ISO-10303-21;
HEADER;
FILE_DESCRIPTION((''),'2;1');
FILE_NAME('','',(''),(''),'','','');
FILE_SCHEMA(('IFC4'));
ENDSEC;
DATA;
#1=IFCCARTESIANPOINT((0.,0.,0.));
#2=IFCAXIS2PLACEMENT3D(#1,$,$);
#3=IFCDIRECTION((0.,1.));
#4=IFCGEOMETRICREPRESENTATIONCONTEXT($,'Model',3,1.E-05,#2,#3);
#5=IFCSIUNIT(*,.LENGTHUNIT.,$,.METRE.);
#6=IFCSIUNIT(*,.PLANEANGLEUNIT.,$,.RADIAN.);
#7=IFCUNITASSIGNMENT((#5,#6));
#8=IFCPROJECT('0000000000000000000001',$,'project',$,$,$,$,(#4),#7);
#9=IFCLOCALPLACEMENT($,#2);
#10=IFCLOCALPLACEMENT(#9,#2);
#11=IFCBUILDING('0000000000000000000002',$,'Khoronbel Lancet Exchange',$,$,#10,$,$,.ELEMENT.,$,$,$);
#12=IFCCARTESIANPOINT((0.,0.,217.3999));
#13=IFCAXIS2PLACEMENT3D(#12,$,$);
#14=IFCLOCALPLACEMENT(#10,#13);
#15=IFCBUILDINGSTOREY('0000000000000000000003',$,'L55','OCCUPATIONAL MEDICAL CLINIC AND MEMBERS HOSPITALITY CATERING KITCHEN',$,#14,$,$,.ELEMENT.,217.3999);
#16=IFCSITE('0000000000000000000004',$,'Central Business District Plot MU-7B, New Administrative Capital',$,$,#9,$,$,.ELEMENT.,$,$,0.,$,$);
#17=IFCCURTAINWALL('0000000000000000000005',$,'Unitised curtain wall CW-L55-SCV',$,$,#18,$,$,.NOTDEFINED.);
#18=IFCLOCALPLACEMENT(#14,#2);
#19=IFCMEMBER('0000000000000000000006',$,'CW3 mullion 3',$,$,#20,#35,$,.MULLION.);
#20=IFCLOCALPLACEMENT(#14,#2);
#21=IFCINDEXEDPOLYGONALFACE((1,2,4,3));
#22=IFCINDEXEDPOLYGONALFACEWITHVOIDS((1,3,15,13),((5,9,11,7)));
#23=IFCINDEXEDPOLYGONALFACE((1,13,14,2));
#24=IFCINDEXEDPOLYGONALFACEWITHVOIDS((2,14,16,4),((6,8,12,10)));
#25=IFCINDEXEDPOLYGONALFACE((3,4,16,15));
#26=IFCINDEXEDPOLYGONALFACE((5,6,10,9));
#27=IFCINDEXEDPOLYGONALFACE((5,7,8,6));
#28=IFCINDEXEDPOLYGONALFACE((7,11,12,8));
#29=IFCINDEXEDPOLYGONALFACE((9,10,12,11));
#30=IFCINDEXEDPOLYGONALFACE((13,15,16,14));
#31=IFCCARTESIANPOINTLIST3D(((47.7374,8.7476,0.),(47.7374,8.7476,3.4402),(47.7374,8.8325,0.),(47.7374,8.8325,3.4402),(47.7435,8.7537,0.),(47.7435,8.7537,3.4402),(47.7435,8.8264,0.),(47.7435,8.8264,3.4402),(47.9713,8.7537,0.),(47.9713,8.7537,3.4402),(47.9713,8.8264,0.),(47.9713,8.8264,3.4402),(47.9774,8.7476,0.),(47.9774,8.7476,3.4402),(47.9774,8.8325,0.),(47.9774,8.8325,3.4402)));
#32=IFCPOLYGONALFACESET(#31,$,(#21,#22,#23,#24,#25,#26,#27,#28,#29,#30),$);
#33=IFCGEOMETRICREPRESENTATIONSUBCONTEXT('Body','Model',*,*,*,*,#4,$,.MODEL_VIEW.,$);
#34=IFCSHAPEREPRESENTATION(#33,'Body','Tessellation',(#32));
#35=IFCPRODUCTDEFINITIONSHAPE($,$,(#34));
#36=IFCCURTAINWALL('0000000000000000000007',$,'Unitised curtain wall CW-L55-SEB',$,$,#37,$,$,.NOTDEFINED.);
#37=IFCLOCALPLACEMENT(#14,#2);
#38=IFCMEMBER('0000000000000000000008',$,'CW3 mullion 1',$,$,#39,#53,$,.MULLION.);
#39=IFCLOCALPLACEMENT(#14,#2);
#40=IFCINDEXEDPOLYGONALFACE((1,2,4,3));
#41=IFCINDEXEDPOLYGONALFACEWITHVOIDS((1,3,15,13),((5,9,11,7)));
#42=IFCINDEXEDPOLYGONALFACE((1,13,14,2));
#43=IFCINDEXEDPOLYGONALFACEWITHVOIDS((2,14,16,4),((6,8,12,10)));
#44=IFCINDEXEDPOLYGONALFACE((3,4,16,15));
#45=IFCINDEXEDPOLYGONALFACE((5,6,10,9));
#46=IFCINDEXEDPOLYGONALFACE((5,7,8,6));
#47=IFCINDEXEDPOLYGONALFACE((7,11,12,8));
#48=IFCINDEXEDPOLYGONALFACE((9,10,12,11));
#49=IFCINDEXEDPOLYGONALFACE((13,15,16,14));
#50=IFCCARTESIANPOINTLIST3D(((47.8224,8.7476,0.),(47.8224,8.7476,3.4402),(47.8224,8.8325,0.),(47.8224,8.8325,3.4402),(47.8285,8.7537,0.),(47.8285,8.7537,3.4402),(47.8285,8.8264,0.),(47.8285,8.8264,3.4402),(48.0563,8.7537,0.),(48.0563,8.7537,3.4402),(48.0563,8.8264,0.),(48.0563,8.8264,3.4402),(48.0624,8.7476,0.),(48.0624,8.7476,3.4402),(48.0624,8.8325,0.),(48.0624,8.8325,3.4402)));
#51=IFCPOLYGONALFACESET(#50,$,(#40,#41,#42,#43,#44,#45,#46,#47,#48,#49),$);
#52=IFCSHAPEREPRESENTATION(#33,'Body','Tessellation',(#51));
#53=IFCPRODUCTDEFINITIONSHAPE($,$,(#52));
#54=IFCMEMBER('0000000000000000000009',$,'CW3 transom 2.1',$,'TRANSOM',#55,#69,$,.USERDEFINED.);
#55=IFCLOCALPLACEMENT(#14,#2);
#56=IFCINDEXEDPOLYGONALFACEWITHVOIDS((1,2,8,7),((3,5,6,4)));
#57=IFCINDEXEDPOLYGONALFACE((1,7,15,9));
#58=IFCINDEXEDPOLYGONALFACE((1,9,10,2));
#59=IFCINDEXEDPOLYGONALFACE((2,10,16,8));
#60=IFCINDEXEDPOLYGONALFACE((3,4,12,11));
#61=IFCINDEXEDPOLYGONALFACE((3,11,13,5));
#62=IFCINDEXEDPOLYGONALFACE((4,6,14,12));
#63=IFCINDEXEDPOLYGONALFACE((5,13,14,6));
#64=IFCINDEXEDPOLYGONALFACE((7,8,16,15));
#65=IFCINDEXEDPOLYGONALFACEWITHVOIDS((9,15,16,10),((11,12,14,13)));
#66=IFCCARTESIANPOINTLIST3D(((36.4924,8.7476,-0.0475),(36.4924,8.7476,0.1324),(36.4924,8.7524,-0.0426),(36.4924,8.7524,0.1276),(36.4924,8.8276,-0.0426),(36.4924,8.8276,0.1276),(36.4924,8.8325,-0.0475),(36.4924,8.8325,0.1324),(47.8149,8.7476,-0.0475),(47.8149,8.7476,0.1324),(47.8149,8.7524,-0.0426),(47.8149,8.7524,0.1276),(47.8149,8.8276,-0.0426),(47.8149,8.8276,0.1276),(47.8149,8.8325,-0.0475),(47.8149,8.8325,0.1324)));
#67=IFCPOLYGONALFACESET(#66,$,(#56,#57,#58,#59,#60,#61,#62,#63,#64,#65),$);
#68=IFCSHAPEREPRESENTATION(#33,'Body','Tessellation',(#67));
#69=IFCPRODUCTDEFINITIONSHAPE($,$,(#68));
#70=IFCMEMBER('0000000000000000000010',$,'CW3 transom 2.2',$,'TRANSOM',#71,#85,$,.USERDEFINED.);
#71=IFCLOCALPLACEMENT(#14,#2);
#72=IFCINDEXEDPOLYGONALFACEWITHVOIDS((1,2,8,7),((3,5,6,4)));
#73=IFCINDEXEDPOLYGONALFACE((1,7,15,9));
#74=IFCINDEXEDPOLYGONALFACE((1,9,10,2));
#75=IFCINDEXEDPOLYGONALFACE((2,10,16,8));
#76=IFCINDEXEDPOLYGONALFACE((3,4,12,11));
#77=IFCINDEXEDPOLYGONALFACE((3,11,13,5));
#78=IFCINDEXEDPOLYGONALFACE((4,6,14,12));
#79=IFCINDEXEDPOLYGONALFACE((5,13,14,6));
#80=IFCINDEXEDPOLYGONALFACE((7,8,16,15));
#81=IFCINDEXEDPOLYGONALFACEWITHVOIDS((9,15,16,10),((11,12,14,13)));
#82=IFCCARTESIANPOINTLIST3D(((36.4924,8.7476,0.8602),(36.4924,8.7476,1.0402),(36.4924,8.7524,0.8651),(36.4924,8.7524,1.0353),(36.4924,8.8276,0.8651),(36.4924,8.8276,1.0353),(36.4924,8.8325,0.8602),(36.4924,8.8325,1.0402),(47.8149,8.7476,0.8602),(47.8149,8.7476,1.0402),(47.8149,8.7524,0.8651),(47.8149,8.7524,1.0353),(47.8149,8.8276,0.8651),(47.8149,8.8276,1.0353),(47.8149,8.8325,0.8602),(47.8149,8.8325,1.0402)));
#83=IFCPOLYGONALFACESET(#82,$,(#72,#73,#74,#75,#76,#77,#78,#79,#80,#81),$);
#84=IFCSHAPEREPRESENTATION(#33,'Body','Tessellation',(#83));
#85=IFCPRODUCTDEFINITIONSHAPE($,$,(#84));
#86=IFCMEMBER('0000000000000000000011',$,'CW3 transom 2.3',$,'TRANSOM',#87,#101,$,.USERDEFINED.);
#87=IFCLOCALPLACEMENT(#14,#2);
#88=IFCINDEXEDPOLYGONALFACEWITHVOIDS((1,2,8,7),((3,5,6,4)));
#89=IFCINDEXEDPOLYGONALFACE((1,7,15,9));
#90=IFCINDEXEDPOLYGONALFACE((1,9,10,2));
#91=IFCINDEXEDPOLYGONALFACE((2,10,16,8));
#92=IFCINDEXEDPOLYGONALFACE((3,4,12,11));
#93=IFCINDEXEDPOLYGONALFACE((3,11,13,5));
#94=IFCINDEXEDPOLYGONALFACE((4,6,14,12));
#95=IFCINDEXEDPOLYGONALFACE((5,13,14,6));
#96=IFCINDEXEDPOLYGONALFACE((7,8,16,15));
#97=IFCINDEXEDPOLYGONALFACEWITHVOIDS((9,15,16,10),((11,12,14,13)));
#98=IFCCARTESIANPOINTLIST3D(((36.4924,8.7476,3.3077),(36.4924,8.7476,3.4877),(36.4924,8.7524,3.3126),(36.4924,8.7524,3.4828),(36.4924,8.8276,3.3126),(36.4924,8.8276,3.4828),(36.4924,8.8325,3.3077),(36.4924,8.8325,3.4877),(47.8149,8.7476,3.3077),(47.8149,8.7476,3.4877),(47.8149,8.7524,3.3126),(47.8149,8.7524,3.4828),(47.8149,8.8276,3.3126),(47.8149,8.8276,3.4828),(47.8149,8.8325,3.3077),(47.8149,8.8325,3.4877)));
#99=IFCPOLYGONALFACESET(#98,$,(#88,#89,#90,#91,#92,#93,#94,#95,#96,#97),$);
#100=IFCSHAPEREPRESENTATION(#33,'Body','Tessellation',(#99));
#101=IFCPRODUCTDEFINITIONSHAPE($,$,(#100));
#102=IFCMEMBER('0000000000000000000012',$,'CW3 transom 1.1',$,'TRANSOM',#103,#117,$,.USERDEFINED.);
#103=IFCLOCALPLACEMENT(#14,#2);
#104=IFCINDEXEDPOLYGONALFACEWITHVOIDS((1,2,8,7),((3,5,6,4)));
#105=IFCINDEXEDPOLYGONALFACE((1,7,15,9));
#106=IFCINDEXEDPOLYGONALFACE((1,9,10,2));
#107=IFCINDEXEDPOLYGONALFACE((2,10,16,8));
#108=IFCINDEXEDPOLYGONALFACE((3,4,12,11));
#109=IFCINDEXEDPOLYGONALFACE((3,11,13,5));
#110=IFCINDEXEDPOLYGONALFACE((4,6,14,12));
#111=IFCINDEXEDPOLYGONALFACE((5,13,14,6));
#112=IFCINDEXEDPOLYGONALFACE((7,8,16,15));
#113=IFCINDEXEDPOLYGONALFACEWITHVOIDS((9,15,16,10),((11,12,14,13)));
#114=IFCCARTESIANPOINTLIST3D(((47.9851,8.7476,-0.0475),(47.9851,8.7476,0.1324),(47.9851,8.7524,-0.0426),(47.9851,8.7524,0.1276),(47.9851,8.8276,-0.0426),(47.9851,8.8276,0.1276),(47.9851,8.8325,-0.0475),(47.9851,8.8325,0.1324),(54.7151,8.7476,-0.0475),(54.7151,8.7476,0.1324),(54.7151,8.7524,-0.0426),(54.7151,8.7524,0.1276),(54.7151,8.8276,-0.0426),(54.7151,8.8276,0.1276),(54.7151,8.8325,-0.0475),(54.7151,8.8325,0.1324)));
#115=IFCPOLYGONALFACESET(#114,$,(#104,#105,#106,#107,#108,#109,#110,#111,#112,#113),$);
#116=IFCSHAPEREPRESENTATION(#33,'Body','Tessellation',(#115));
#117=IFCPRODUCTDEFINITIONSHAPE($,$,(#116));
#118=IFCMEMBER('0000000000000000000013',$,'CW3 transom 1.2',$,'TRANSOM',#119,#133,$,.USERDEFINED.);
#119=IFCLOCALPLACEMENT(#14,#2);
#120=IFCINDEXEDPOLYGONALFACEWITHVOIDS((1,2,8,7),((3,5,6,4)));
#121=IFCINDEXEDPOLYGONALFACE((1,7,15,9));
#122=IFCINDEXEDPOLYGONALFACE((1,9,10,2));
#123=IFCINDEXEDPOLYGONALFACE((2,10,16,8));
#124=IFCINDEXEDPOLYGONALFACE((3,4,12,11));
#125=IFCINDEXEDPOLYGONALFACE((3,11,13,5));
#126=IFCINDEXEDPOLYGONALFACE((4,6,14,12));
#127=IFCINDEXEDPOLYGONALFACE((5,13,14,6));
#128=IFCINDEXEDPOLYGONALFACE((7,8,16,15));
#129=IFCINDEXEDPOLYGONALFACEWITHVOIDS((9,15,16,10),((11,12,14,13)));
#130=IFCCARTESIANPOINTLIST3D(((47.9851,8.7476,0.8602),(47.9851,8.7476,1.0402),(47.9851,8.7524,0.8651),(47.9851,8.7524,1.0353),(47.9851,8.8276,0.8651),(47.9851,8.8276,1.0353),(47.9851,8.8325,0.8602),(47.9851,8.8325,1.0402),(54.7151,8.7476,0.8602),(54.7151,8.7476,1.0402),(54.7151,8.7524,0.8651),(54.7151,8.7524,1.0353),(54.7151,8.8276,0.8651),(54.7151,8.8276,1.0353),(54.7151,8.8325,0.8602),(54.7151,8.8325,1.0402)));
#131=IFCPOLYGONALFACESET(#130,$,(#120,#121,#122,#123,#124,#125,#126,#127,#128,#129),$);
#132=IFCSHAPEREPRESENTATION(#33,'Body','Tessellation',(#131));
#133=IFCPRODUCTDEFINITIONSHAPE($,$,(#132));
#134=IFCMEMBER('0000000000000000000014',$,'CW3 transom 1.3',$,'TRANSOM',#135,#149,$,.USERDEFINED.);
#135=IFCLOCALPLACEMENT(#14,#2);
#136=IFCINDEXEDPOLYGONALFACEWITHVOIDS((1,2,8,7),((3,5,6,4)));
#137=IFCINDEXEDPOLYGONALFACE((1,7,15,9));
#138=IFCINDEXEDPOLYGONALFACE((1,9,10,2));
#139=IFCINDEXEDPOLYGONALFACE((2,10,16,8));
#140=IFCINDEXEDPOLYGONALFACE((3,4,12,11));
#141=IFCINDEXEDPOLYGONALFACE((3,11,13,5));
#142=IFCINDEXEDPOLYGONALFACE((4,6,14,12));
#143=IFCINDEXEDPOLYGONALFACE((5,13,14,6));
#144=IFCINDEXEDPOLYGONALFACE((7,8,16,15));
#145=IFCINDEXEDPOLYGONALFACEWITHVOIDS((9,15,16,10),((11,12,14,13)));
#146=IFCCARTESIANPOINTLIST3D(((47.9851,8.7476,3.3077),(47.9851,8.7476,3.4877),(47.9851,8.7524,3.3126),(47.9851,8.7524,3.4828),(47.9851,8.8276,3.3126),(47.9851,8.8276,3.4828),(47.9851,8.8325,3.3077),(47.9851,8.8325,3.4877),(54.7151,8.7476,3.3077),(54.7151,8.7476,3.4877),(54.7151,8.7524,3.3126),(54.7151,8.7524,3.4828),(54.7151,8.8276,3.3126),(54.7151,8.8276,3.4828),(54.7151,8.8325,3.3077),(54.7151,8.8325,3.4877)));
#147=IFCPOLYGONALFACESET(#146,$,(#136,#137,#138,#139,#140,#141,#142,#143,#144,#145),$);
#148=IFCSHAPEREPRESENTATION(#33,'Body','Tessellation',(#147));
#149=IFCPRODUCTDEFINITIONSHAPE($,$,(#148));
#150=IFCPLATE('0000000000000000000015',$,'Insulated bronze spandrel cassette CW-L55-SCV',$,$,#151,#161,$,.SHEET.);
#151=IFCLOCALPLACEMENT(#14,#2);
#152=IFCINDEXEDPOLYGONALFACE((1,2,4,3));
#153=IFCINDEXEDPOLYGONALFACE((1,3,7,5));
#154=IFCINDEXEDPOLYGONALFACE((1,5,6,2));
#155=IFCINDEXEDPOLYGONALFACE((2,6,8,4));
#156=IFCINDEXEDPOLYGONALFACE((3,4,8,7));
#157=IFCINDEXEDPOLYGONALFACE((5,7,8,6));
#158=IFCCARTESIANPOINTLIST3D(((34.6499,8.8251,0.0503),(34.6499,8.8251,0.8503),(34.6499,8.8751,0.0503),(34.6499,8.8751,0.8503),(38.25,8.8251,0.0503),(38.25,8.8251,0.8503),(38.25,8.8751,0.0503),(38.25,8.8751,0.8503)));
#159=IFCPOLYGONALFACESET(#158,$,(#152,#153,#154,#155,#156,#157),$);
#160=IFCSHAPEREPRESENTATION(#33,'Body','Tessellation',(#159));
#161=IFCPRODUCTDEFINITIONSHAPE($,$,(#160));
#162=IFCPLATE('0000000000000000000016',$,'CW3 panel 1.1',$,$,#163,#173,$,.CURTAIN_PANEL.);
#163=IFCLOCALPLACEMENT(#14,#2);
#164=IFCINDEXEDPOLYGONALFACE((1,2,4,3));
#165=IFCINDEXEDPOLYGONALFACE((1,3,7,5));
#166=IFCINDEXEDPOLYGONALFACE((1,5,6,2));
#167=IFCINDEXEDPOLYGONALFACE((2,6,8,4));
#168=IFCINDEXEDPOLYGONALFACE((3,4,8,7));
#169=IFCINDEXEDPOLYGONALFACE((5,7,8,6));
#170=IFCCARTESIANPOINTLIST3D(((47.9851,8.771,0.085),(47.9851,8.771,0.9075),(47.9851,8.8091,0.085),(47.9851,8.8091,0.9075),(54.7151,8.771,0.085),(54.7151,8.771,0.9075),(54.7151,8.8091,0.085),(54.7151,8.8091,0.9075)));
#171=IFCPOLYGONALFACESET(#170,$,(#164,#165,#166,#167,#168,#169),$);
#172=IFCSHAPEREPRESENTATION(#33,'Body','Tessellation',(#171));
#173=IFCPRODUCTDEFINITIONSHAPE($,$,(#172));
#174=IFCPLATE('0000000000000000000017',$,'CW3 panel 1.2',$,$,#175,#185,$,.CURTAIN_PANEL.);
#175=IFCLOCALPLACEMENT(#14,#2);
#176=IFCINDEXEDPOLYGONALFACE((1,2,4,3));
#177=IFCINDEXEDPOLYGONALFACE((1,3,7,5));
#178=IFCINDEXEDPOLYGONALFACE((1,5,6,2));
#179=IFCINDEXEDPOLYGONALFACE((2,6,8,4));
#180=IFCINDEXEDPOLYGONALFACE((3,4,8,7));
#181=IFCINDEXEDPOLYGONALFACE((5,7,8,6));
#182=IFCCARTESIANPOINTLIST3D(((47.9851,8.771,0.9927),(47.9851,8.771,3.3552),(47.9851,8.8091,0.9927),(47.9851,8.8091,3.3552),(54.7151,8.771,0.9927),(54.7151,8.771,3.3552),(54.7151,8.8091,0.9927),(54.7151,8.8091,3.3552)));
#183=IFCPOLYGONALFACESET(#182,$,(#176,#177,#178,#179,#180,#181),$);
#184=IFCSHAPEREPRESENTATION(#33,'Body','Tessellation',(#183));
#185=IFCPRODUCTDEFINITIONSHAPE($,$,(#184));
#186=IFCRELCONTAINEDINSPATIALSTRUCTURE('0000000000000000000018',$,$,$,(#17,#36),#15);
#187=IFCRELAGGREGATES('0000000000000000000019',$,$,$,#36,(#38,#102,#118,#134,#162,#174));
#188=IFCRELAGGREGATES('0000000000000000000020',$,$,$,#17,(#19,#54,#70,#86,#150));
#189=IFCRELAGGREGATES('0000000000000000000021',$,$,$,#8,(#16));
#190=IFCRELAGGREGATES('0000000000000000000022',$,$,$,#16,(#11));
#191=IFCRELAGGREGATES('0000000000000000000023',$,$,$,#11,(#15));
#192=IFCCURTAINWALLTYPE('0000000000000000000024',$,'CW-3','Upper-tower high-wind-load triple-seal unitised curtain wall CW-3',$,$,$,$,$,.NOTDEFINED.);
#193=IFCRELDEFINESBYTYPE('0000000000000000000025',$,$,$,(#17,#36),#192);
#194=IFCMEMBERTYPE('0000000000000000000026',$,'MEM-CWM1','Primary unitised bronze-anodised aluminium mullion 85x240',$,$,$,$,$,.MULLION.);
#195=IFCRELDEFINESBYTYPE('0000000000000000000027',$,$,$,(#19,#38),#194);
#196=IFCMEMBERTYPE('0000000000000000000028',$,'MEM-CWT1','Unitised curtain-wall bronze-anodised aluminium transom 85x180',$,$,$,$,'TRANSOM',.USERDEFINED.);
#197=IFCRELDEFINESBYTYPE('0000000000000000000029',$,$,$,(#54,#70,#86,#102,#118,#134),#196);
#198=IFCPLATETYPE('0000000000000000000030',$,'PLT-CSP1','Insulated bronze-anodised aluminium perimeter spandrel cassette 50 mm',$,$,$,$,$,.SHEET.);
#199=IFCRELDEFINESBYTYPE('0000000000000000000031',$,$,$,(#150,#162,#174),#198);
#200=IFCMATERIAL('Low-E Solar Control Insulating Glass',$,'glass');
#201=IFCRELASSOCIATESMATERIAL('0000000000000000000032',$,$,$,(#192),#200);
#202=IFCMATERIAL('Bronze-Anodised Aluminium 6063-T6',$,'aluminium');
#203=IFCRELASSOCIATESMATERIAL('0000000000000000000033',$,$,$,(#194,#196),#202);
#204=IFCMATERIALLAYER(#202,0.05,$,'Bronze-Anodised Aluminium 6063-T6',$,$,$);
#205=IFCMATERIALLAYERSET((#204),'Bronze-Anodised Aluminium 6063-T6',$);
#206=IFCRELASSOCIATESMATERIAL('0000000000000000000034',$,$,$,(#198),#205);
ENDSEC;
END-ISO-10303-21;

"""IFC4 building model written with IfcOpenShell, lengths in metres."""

from ifc_helpers import new_model, si_unit, direction, frame, origin, origin_2d, place, context, subcontext, project, spatial, rectangle, hollow_rectangle, extrude, material, layer, layer_set, material_profile, profile_set, type_object, element, aggregate, save


model = new_model("IFC4")

# Units and contexts
model_context = context("Model", 3, precision=1e-05, world=origin(), true_north=direction((0.0, 1.0)))
body_context = subcontext(model_context, "Body", "Model", "MODEL_VIEW")
ifc_project = project(units=[si_unit("LENGTHUNIT", "METRE"), si_unit("PLANEANGLEUNIT", "RADIAN")], contexts=[model_context])

# Site, building, storey
site_placement = place(None, origin())
site = spatial("IfcSite", under=ifc_project, at=site_placement, Name="Central Business District Plot MU-7B, New Administrative Capital", CompositionType="ELEMENT", RefElevation=0.0)
building_placement = place(site_placement, origin())
building = spatial("IfcBuilding", under=site, at=building_placement, Name="Khoronbel Lancet Exchange", CompositionType="ELEMENT")
storey_placement = place(building_placement, frame((0.0, 0.0, 217.3999)))
storey = spatial("IfcBuildingStorey", under=building, at=storey_placement, Name="L55", Description="OCCUPATIONAL MEDICAL CLINIC AND MEMBERS HOSPITALITY CATERING KITCHEN", CompositionType="ELEMENT", Elevation=217.3999)

# Curtain wall, member
ifc_material_1 = material(Name="Low-E Solar Control Insulating Glass", Category="glass")
curtain_wall_type = type_object("IfcCurtainWallType", Name="CW-3", Description="Upper-tower high-wind-load triple-seal unitised curtain wall CW-3", PredefinedType="NOTDEFINED", material=ifc_material_1)
curtain_wall_1_placement = place(storey_placement, origin())
curtain_wall_1 = element("IfcCurtainWall", 1, at=curtain_wall_1_placement, inside=storey, type_object=curtain_wall_type, Name="Unitised curtain wall CW-L55-SCV", PredefinedType="NOTDEFINED")
ifc_material_2 = material(Name="Bronze-Anodised Aluminium 6063-T6", Category="aluminium")
ifc_material_profile_1 = material_profile(ifc_material_2, hollow_rectangle(XDim=0.085, YDim=0.24, WallThickness=0.0061, at=origin_2d()), Name="ALU MULLION 85x240")
ifc_profile_set_1 = profile_set([ifc_material_profile_1], Name="Bronze-Anodised Aluminium 6063-T6")
member_type_1 = type_object("IfcMemberType", Name="MEM-CWM1", Description="Primary unitised bronze-anodised aluminium mullion 85x240", PredefinedType="MULLION", material=ifc_profile_set_1)
member_1_placement = place(storey_placement, frame((47.8574, 8.79, 0.0), z_axis=(0.0, 0.0, 1.0), x_axis=(0.0, 1.0, 0.0)))
member_1 = element("IfcMember", 2, at=member_1_placement, type_object=member_type_1, Name="CW3 mullion 3", PredefinedType="MULLION", context=body_context, shape_type="SweptSolid", body=[
    extrude(hollow_rectangle(XDim=0.085, YDim=0.24, WallThickness=0.0061, at=origin_2d()), origin(), (0.0, 0.0, 1.0), 3.4402),
])

# Curtain wall, member
curtain_wall_2_placement = place(storey_placement, origin())
curtain_wall_2 = element("IfcCurtainWall", 3, at=curtain_wall_2_placement, inside=storey, type_object=curtain_wall_type, Name="Unitised curtain wall CW-L55-SEB", PredefinedType="NOTDEFINED")
member_2_placement = place(storey_placement, frame((47.9424, 8.79, 0.0), z_axis=(0.0, 0.0, 1.0), x_axis=(0.0, 1.0, 0.0)))
member_2 = element("IfcMember", 4, at=member_2_placement, type_object=member_type_1, Name="CW3 mullion 1", PredefinedType="MULLION", context=body_context, shape_type="SweptSolid", body=[
    extrude(hollow_rectangle(XDim=0.085, YDim=0.24, WallThickness=0.0061, at=origin_2d()), origin(), (0.0, 0.0, 1.0), 3.4402),
])

# Members
ifc_material_profile_2 = material_profile(ifc_material_2, hollow_rectangle(XDim=0.085, YDim=0.1799, WallThickness=0.0049, at=origin_2d()), Name="ALU TRANSOM 85x180")
ifc_profile_set_2 = profile_set([ifc_material_profile_2], Name="Bronze-Anodised Aluminium 6063-T6")
member_type_2 = type_object("IfcMemberType", Name="MEM-CWT1", Description="Unitised curtain-wall bronze-anodised aluminium transom 85x180", ElementType="TRANSOM", PredefinedType="USERDEFINED", material=ifc_profile_set_2)
member_3_placement = place(storey_placement, frame((36.4924, 8.79, 0.0425), z_axis=(1.0, 0.0, 0.0), x_axis=(0.0, 1.0, 0.0)))
member_3 = element("IfcMember", 5, at=member_3_placement, type_object=member_type_2, Name="CW3 transom 2.1", ObjectType="TRANSOM", PredefinedType="USERDEFINED", context=body_context, shape_type="SweptSolid", body=[
    extrude(hollow_rectangle(XDim=0.085, YDim=0.1799, WallThickness=0.0049, at=origin_2d()), origin(), (0.0, 0.0, 1.0), 11.3225),
])
member_4_placement = place(storey_placement, frame((36.4924, 8.79, 0.9502), z_axis=(1.0, 0.0, 0.0), x_axis=(0.0, 1.0, 0.0)))
member_4 = element("IfcMember", 6, at=member_4_placement, type_object=member_type_2, Name="CW3 transom 2.2", ObjectType="TRANSOM", PredefinedType="USERDEFINED", context=body_context, shape_type="SweptSolid", body=[
    extrude(hollow_rectangle(XDim=0.085, YDim=0.1799, WallThickness=0.0049, at=origin_2d()), origin(), (0.0, 0.0, 1.0), 11.3225),
])
member_5_placement = place(storey_placement, frame((36.4924, 8.79, 3.3977), z_axis=(1.0, 0.0, 0.0), x_axis=(0.0, 1.0, 0.0)))
member_5 = element("IfcMember", 7, at=member_5_placement, type_object=member_type_2, Name="CW3 transom 2.3", ObjectType="TRANSOM", PredefinedType="USERDEFINED", context=body_context, shape_type="SweptSolid", body=[
    extrude(hollow_rectangle(XDim=0.085, YDim=0.1799, WallThickness=0.0049, at=origin_2d()), origin(), (0.0, 0.0, 1.0), 11.3225),
])
member_6_placement = place(storey_placement, frame((47.9851, 8.79, 0.0425), z_axis=(1.0, 0.0, 0.0), x_axis=(0.0, 1.0, 0.0)))
member_6 = element("IfcMember", 8, at=member_6_placement, type_object=member_type_2, Name="CW3 transom 1.1", ObjectType="TRANSOM", PredefinedType="USERDEFINED", context=body_context, shape_type="SweptSolid", body=[
    extrude(hollow_rectangle(XDim=0.085, YDim=0.1799, WallThickness=0.0049, at=origin_2d()), origin(), (0.0, 0.0, 1.0), 6.73),
])
member_7_placement = place(storey_placement, frame((47.9851, 8.79, 0.9502), z_axis=(1.0, 0.0, 0.0), x_axis=(0.0, 1.0, 0.0)))
member_7 = element("IfcMember", 9, at=member_7_placement, type_object=member_type_2, Name="CW3 transom 1.2", ObjectType="TRANSOM", PredefinedType="USERDEFINED", context=body_context, shape_type="SweptSolid", body=[
    extrude(hollow_rectangle(XDim=0.085, YDim=0.1799, WallThickness=0.0049, at=origin_2d()), origin(), (0.0, 0.0, 1.0), 6.73),
])
member_8_placement = place(storey_placement, frame((47.9851, 8.79, 3.3977), z_axis=(1.0, 0.0, 0.0), x_axis=(0.0, 1.0, 0.0)))
member_8 = element("IfcMember", 10, at=member_8_placement, type_object=member_type_2, Name="CW3 transom 1.3", ObjectType="TRANSOM", PredefinedType="USERDEFINED", context=body_context, shape_type="SweptSolid", body=[
    extrude(hollow_rectangle(XDim=0.085, YDim=0.1799, WallThickness=0.0049, at=origin_2d()), origin(), (0.0, 0.0, 1.0), 6.73),
])

# Plates
ifc_layer_1 = layer(ifc_material_2, 0.05, Name="Bronze-Anodised Aluminium 6063-T6")
ifc_layer_set_1 = layer_set([ifc_layer_1], Name="Bronze-Anodised Aluminium 6063-T6")
plate_type_1 = type_object("IfcPlateType", Name="PLT-CSP1", Description="Insulated bronze-anodised aluminium perimeter spandrel cassette 50 mm", PredefinedType="SHEET", material=ifc_layer_set_1)
plate_1_placement = place(storey_placement, frame((36.45, 8.8501, 0.0503), z_axis=(0.0, 0.0, 1.0), x_axis=(1.0, 0.0, 0.0)))
plate_1 = element("IfcPlate", 11, at=plate_1_placement, type_object=plate_type_1, Name="Insulated bronze spandrel cassette CW-L55-SCV", PredefinedType="SHEET", context=body_context, shape_type="SweptSolid", body=[
    extrude(rectangle(XDim=3.6001, YDim=0.05, at=origin_2d()), origin(), (0.0, 0.0, 1.0), 0.8),
])
plate_2_placement = place(storey_placement, frame((51.3501, 8.79, 0.085), z_axis=(0.0, 0.0, 1.0), x_axis=(1.0, 0.0, 0.0)))
plate_2 = element("IfcPlate", 12, at=plate_2_placement, type_object=plate_type_1, Name="CW3 panel 1.1", PredefinedType="CURTAIN_PANEL", context=body_context, shape_type="SweptSolid", body=[
    extrude(rectangle(XDim=6.73, YDim=0.0381, at=origin_2d()), origin(), (0.0, 0.0, 1.0), 0.8225),
])
plate_3_placement = place(storey_placement, frame((51.3501, 8.79, 0.9927), z_axis=(0.0, 0.0, 1.0), x_axis=(1.0, 0.0, 0.0)))
plate_3 = element("IfcPlate", 13, at=plate_3_placement, type_object=plate_type_1, Name="CW3 panel 1.2", PredefinedType="CURTAIN_PANEL", context=body_context, shape_type="SweptSolid", body=[
    extrude(rectangle(XDim=6.73, YDim=0.0381, at=origin_2d()), origin(), (0.0, 0.0, 1.0), 2.3625),
])
aggregate(curtain_wall_2, [member_2, member_6, member_7, member_8, plate_2, plate_3])
aggregate(curtain_wall_1, [member_1, member_3, member_4, member_5, plate_1])

save(model, "model.ifc")
